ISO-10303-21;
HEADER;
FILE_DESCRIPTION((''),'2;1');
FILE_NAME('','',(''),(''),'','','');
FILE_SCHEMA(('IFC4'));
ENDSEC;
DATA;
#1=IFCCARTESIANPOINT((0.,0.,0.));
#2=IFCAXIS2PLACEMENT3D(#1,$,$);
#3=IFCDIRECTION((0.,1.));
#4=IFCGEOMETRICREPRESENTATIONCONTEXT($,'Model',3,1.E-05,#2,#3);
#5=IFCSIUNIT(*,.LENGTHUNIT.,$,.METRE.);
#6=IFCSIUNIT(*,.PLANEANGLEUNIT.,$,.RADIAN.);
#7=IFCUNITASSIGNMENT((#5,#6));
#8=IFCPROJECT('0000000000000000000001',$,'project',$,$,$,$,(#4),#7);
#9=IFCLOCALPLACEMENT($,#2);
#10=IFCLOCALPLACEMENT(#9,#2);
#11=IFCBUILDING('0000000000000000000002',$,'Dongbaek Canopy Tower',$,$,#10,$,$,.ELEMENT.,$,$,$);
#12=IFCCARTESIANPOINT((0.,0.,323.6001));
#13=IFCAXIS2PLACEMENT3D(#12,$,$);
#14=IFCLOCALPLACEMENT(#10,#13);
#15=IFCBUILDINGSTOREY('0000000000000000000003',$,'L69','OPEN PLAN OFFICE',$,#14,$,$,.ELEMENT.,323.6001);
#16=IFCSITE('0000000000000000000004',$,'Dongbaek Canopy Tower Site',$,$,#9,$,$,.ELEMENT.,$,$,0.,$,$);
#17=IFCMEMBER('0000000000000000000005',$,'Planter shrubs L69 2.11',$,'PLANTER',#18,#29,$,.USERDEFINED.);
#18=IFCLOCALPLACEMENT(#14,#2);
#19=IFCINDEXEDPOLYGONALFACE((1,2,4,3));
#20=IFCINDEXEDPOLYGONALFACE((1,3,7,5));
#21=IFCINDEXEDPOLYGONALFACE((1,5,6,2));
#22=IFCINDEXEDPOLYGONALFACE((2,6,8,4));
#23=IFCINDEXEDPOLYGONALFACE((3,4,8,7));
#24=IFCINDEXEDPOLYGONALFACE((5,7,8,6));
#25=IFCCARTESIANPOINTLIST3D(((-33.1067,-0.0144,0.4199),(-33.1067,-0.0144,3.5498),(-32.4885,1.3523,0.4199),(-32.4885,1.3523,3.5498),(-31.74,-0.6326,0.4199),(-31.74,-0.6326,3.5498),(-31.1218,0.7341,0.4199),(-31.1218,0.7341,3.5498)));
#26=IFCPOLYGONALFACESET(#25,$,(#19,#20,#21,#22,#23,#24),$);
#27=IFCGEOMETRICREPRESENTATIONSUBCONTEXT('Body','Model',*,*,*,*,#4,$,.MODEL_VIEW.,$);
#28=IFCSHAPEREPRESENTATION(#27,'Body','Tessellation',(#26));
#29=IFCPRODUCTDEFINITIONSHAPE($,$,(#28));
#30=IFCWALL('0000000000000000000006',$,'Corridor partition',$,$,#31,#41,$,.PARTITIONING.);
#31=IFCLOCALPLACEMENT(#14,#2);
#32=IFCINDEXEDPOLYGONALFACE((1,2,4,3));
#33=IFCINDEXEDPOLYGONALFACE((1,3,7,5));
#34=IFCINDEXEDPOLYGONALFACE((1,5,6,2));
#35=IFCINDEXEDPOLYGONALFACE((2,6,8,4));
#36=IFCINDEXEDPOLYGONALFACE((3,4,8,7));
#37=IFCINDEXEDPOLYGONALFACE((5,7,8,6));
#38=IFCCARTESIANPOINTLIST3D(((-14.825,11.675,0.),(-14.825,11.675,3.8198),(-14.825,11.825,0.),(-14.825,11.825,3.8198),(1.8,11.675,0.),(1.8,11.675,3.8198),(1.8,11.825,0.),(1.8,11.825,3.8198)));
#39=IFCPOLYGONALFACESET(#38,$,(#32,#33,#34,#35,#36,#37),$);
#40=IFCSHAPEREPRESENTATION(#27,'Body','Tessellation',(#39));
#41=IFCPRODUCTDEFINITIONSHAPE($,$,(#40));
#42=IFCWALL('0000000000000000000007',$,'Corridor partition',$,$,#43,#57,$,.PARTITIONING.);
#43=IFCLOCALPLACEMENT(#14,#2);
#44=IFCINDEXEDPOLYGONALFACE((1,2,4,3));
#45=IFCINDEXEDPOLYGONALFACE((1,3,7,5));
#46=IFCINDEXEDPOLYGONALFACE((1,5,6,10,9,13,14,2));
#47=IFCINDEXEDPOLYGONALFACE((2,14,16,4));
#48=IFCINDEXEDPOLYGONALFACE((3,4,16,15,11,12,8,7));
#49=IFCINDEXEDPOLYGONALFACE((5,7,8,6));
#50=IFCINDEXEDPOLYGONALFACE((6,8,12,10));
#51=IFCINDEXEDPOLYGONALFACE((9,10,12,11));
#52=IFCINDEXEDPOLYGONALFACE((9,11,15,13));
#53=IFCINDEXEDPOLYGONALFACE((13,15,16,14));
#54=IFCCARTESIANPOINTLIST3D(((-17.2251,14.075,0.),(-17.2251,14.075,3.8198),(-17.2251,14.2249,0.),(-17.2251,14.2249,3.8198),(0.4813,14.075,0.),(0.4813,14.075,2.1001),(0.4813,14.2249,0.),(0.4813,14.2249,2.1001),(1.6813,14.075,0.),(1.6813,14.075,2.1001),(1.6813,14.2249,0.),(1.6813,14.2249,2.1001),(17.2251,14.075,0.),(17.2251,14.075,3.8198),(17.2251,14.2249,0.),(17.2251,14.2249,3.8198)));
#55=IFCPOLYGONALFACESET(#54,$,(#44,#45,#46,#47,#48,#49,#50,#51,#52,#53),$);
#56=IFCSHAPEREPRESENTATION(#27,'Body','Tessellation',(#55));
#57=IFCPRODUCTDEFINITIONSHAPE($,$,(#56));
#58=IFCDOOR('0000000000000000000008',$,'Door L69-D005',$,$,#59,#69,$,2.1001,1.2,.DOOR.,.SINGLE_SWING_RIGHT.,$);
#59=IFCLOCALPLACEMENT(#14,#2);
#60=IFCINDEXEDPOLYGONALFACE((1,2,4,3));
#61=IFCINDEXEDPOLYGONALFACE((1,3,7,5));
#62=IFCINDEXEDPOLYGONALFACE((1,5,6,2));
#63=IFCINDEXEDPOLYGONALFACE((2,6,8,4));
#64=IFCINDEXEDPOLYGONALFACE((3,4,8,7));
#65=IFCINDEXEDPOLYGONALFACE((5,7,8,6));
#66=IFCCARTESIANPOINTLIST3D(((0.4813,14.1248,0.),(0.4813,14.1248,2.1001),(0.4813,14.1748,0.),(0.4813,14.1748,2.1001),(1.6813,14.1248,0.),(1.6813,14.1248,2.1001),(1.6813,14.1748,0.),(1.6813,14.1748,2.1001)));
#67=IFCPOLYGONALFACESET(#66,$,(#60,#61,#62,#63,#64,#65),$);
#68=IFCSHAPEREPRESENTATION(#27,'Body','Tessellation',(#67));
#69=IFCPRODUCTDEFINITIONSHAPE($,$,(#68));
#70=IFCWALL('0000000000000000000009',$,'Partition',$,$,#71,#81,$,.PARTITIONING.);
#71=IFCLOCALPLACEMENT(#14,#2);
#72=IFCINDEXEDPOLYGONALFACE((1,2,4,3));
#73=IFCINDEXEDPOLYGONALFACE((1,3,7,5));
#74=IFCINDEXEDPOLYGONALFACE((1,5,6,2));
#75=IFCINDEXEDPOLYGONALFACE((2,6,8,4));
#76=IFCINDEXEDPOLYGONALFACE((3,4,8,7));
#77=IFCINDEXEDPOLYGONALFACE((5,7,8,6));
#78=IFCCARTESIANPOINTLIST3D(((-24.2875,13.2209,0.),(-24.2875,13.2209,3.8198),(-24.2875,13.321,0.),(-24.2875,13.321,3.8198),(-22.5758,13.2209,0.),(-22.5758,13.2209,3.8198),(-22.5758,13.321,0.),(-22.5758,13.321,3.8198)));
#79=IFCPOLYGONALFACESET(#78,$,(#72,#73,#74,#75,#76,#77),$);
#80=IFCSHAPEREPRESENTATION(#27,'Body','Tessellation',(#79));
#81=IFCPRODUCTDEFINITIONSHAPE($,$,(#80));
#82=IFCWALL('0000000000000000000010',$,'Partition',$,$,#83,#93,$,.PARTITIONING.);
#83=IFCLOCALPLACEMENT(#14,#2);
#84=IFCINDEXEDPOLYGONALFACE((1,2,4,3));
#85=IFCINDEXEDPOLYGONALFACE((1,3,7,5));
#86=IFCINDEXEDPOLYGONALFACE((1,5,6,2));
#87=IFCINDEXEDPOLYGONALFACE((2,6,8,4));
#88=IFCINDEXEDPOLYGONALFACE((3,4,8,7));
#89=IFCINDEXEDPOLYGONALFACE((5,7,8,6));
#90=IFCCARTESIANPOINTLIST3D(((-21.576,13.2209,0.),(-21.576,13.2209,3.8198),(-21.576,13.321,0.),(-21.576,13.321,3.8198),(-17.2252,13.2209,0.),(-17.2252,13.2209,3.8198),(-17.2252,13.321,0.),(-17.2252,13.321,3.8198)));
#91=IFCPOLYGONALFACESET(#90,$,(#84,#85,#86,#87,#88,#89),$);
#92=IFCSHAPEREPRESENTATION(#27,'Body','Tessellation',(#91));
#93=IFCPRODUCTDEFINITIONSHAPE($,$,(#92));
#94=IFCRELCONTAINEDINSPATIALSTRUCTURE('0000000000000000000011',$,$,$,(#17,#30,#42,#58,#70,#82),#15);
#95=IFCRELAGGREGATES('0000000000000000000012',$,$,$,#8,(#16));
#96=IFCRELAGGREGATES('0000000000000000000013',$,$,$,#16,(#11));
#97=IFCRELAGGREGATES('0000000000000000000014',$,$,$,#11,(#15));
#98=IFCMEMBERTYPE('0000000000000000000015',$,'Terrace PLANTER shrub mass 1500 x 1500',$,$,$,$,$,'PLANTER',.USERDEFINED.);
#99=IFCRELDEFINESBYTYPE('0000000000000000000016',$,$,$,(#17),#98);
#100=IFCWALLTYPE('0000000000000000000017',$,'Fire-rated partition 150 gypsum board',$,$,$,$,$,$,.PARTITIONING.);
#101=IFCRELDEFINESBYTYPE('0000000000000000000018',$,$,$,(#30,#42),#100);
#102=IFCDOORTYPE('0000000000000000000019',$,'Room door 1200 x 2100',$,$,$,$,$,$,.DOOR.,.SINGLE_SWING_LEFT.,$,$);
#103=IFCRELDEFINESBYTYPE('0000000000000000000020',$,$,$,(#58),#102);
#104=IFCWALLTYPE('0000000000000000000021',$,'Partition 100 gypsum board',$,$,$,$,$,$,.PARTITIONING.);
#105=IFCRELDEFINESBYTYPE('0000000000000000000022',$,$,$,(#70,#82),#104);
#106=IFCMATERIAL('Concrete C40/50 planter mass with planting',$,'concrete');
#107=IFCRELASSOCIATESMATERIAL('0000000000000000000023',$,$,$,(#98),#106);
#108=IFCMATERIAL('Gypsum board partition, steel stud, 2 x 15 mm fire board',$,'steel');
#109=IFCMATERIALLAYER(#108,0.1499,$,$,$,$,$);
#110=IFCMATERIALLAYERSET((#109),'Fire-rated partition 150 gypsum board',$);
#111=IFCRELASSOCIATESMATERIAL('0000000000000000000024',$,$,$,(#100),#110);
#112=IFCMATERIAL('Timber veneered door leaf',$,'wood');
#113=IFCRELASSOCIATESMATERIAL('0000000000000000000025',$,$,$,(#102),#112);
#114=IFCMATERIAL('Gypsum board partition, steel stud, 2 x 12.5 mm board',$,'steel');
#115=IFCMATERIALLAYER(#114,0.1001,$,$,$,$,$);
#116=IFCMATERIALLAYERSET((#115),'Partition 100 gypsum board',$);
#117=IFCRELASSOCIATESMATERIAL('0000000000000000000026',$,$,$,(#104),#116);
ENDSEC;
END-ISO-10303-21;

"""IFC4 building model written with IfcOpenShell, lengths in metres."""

from ifc_helpers import new_model, si_unit, direction, frame, frame_2d, origin, origin_2d, place, context, subcontext, project, spatial, rectangle, extrude, material, layer, layer_set, material_profile, profile_set, type_object, element, fill, save


model = new_model("IFC4")

# Units and contexts
model_context = context("Model", 3, precision=1e-05, world=origin(), true_north=direction((0.0, 1.0)))
body_context = subcontext(model_context, "Body", "Model", "MODEL_VIEW")
ifc_project = project(units=[si_unit("LENGTHUNIT", "METRE"), si_unit("PLANEANGLEUNIT", "RADIAN")], contexts=[model_context])

# Site, building, storey
site_placement = place(None, origin())
site = spatial("IfcSite", under=ifc_project, at=site_placement, Name="Dongbaek Canopy Tower Site", CompositionType="ELEMENT", RefElevation=0.0)
building_placement = place(site_placement, origin())
building = spatial("IfcBuilding", under=site, at=building_placement, Name="Dongbaek Canopy Tower", CompositionType="ELEMENT")
storey_placement = place(building_placement, frame((0.0, 0.0, 323.6001)))
storey = spatial("IfcBuildingStorey", under=building, at=storey_placement, Name="L69", Description="OPEN PLAN OFFICE", CompositionType="ELEMENT", Elevation=323.6001)

# Member
ifc_material_1 = material(Name="Concrete C40/50 planter mass with planting", Category="concrete")
ifc_material_profile_1 = material_profile(ifc_material_1, rectangle(XDim=1.5, YDim=1.5, at=origin_2d()), Name="Terrace PLANTER shrub mass 1500 x 1500")
ifc_profile_set_1 = profile_set([ifc_material_profile_1], Name="Concrete C40/50 planter mass with planting")
member_type = type_object("IfcMemberType", Name="Terrace PLANTER shrub mass 1500 x 1500", ElementType="PLANTER", PredefinedType="USERDEFINED", material=ifc_profile_set_1)
member_1_placement = place(storey_placement, frame((-32.1143, 0.3599, 0.4199), z_axis=(0.0, 0.0, 1.0), x_axis=(-0.911129, 0.412122, 0.0)))
element("IfcMember", 1, at=member_1_placement, inside=storey, type_object=member_type, Name="Planter shrubs L69 2.11", ObjectType="PLANTER", PredefinedType="USERDEFINED", context=body_context, shape_type="SweptSolid", body=[
    extrude(rectangle(XDim=1.5, YDim=1.5, at=origin_2d()), origin(), (0.0, 0.0, 1.0), 3.1299),
])

# Wall
ifc_material_2 = material(Name="Gypsum board partition, steel stud, 2 x 15 mm fire board", Category="steel")
ifc_layer_1 = layer(ifc_material_2, 0.1499)
ifc_layer_set_1 = layer_set([ifc_layer_1], Name="Fire-rated partition 150 gypsum board")
wall_type_1 = type_object("IfcWallType", Name="Fire-rated partition 150 gypsum board", PredefinedType="PARTITIONING", material=ifc_layer_set_1)
wall_1_placement = place(storey_placement, frame((-14.825, 11.75, 0.0), z_axis=(0.0, 0.0, 1.0), x_axis=(1.0, 0.0, 0.0)))
element("IfcWall", 2, at=wall_1_placement, inside=storey, type_object=wall_type_1, Name="Corridor partition", PredefinedType="PARTITIONING", context=body_context, shape_type="SweptSolid", body=[
    extrude(rectangle(XDim=16.625, YDim=0.1499, at=frame_2d((8.3125, 0.0))), origin(), (0.0, 0.0, 1.0), 3.8198),
])

# Wall, opening, door
wall_2_placement = place(storey_placement, frame((-17.2251, 14.1499, 0.0), z_axis=(0.0, 0.0, 1.0), x_axis=(1.0, 0.0, 0.0)))
wall_2 = element("IfcWall", 3, at=wall_2_placement, inside=storey, type_object=wall_type_1, Name="Corridor partition", PredefinedType="PARTITIONING", context=body_context, shape_type="SweptSolid", body=[
    extrude(rectangle(XDim=34.4502, YDim=0.1499, at=frame_2d((17.2251, 0.0))), origin(), (0.0, 0.0, 1.0), 3.8198),
])
opening_placement = place(wall_2_placement, frame((17.7063, 0.0, 0.0)))
opening = element("IfcOpeningElement", 4, at=opening_placement, cuts=wall_2, PredefinedType="OPENING", context=body_context, shape_type="SweptSolid", body=[
    extrude(rectangle(XDim=1.2, YDim=2.1001, at=frame_2d((0.6001, 1.05))), frame((0.0, 0.085, 0.0), z_axis=(0.0, -1.0, 0.0), x_axis=(1.0, 0.0, 0.0)), (0.0, 0.0, 1.0), 0.1699),
])
ifc_material_3 = material(Name="Timber veneered door leaf", Category="wood")
door_type = type_object("IfcDoorType", Name="Room door 1200 x 2100", OperationType="SINGLE_SWING_LEFT", PredefinedType="DOOR", material=ifc_material_3)
door_placement = place(opening_placement, origin())
door = element("IfcDoor", 5, at=door_placement, inside=storey, type_object=door_type, Name="Door L69-D005", OperationType="SINGLE_SWING_RIGHT", OverallHeight=2.1001, OverallWidth=1.2, PredefinedType="DOOR", context=body_context, shape_type="SweptSolid", body=[
    extrude(rectangle(XDim=1.2, YDim=2.1001, at=frame_2d((0.6001, 1.05))), frame((0.0, 0.0249, 0.0), z_axis=(0.0, -1.0, 0.0), x_axis=(1.0, 0.0, 0.0)), (0.0, 0.0, 1.0), 0.05),
])
fill(opening, door)

# Walls
ifc_material_4 = material(Name="Gypsum board partition, steel stud, 2 x 12.5 mm board", Category="steel")
ifc_layer_2 = layer(ifc_material_4, 0.1001)
ifc_layer_set_2 = layer_set([ifc_layer_2], Name="Partition 100 gypsum board")
wall_type_2 = type_object("IfcWallType", Name="Partition 100 gypsum board", PredefinedType="PARTITIONING", material=ifc_layer_set_2)
wall_3_placement = place(storey_placement, frame((-24.2876, 13.271, 0.0), z_axis=(0.0, 0.0, 1.0), x_axis=(1.0, 0.0, 0.0)))
element("IfcWall", 6, at=wall_3_placement, inside=storey, type_object=wall_type_2, Name="Partition", PredefinedType="PARTITIONING", context=body_context, shape_type="SweptSolid", body=[
    extrude(rectangle(XDim=1.7117, YDim=0.1001, at=frame_2d((0.856, 0.0))), origin(), (0.0, 0.0, 1.0), 3.8198),
])
wall_4_placement = place(storey_placement, frame((-21.5759, 13.271, 0.0), z_axis=(0.0, 0.0, 1.0), x_axis=(1.0, 0.0, 0.0)))
element("IfcWall", 7, at=wall_4_placement, inside=storey, type_object=wall_type_2, Name="Partition", PredefinedType="PARTITIONING", context=body_context, shape_type="SweptSolid", body=[
    extrude(rectangle(XDim=4.3508, YDim=0.1001, at=frame_2d((2.1753, 0.0))), origin(), (0.0, 0.0, 1.0), 3.8198),
])

save(model, "model.ifc")
